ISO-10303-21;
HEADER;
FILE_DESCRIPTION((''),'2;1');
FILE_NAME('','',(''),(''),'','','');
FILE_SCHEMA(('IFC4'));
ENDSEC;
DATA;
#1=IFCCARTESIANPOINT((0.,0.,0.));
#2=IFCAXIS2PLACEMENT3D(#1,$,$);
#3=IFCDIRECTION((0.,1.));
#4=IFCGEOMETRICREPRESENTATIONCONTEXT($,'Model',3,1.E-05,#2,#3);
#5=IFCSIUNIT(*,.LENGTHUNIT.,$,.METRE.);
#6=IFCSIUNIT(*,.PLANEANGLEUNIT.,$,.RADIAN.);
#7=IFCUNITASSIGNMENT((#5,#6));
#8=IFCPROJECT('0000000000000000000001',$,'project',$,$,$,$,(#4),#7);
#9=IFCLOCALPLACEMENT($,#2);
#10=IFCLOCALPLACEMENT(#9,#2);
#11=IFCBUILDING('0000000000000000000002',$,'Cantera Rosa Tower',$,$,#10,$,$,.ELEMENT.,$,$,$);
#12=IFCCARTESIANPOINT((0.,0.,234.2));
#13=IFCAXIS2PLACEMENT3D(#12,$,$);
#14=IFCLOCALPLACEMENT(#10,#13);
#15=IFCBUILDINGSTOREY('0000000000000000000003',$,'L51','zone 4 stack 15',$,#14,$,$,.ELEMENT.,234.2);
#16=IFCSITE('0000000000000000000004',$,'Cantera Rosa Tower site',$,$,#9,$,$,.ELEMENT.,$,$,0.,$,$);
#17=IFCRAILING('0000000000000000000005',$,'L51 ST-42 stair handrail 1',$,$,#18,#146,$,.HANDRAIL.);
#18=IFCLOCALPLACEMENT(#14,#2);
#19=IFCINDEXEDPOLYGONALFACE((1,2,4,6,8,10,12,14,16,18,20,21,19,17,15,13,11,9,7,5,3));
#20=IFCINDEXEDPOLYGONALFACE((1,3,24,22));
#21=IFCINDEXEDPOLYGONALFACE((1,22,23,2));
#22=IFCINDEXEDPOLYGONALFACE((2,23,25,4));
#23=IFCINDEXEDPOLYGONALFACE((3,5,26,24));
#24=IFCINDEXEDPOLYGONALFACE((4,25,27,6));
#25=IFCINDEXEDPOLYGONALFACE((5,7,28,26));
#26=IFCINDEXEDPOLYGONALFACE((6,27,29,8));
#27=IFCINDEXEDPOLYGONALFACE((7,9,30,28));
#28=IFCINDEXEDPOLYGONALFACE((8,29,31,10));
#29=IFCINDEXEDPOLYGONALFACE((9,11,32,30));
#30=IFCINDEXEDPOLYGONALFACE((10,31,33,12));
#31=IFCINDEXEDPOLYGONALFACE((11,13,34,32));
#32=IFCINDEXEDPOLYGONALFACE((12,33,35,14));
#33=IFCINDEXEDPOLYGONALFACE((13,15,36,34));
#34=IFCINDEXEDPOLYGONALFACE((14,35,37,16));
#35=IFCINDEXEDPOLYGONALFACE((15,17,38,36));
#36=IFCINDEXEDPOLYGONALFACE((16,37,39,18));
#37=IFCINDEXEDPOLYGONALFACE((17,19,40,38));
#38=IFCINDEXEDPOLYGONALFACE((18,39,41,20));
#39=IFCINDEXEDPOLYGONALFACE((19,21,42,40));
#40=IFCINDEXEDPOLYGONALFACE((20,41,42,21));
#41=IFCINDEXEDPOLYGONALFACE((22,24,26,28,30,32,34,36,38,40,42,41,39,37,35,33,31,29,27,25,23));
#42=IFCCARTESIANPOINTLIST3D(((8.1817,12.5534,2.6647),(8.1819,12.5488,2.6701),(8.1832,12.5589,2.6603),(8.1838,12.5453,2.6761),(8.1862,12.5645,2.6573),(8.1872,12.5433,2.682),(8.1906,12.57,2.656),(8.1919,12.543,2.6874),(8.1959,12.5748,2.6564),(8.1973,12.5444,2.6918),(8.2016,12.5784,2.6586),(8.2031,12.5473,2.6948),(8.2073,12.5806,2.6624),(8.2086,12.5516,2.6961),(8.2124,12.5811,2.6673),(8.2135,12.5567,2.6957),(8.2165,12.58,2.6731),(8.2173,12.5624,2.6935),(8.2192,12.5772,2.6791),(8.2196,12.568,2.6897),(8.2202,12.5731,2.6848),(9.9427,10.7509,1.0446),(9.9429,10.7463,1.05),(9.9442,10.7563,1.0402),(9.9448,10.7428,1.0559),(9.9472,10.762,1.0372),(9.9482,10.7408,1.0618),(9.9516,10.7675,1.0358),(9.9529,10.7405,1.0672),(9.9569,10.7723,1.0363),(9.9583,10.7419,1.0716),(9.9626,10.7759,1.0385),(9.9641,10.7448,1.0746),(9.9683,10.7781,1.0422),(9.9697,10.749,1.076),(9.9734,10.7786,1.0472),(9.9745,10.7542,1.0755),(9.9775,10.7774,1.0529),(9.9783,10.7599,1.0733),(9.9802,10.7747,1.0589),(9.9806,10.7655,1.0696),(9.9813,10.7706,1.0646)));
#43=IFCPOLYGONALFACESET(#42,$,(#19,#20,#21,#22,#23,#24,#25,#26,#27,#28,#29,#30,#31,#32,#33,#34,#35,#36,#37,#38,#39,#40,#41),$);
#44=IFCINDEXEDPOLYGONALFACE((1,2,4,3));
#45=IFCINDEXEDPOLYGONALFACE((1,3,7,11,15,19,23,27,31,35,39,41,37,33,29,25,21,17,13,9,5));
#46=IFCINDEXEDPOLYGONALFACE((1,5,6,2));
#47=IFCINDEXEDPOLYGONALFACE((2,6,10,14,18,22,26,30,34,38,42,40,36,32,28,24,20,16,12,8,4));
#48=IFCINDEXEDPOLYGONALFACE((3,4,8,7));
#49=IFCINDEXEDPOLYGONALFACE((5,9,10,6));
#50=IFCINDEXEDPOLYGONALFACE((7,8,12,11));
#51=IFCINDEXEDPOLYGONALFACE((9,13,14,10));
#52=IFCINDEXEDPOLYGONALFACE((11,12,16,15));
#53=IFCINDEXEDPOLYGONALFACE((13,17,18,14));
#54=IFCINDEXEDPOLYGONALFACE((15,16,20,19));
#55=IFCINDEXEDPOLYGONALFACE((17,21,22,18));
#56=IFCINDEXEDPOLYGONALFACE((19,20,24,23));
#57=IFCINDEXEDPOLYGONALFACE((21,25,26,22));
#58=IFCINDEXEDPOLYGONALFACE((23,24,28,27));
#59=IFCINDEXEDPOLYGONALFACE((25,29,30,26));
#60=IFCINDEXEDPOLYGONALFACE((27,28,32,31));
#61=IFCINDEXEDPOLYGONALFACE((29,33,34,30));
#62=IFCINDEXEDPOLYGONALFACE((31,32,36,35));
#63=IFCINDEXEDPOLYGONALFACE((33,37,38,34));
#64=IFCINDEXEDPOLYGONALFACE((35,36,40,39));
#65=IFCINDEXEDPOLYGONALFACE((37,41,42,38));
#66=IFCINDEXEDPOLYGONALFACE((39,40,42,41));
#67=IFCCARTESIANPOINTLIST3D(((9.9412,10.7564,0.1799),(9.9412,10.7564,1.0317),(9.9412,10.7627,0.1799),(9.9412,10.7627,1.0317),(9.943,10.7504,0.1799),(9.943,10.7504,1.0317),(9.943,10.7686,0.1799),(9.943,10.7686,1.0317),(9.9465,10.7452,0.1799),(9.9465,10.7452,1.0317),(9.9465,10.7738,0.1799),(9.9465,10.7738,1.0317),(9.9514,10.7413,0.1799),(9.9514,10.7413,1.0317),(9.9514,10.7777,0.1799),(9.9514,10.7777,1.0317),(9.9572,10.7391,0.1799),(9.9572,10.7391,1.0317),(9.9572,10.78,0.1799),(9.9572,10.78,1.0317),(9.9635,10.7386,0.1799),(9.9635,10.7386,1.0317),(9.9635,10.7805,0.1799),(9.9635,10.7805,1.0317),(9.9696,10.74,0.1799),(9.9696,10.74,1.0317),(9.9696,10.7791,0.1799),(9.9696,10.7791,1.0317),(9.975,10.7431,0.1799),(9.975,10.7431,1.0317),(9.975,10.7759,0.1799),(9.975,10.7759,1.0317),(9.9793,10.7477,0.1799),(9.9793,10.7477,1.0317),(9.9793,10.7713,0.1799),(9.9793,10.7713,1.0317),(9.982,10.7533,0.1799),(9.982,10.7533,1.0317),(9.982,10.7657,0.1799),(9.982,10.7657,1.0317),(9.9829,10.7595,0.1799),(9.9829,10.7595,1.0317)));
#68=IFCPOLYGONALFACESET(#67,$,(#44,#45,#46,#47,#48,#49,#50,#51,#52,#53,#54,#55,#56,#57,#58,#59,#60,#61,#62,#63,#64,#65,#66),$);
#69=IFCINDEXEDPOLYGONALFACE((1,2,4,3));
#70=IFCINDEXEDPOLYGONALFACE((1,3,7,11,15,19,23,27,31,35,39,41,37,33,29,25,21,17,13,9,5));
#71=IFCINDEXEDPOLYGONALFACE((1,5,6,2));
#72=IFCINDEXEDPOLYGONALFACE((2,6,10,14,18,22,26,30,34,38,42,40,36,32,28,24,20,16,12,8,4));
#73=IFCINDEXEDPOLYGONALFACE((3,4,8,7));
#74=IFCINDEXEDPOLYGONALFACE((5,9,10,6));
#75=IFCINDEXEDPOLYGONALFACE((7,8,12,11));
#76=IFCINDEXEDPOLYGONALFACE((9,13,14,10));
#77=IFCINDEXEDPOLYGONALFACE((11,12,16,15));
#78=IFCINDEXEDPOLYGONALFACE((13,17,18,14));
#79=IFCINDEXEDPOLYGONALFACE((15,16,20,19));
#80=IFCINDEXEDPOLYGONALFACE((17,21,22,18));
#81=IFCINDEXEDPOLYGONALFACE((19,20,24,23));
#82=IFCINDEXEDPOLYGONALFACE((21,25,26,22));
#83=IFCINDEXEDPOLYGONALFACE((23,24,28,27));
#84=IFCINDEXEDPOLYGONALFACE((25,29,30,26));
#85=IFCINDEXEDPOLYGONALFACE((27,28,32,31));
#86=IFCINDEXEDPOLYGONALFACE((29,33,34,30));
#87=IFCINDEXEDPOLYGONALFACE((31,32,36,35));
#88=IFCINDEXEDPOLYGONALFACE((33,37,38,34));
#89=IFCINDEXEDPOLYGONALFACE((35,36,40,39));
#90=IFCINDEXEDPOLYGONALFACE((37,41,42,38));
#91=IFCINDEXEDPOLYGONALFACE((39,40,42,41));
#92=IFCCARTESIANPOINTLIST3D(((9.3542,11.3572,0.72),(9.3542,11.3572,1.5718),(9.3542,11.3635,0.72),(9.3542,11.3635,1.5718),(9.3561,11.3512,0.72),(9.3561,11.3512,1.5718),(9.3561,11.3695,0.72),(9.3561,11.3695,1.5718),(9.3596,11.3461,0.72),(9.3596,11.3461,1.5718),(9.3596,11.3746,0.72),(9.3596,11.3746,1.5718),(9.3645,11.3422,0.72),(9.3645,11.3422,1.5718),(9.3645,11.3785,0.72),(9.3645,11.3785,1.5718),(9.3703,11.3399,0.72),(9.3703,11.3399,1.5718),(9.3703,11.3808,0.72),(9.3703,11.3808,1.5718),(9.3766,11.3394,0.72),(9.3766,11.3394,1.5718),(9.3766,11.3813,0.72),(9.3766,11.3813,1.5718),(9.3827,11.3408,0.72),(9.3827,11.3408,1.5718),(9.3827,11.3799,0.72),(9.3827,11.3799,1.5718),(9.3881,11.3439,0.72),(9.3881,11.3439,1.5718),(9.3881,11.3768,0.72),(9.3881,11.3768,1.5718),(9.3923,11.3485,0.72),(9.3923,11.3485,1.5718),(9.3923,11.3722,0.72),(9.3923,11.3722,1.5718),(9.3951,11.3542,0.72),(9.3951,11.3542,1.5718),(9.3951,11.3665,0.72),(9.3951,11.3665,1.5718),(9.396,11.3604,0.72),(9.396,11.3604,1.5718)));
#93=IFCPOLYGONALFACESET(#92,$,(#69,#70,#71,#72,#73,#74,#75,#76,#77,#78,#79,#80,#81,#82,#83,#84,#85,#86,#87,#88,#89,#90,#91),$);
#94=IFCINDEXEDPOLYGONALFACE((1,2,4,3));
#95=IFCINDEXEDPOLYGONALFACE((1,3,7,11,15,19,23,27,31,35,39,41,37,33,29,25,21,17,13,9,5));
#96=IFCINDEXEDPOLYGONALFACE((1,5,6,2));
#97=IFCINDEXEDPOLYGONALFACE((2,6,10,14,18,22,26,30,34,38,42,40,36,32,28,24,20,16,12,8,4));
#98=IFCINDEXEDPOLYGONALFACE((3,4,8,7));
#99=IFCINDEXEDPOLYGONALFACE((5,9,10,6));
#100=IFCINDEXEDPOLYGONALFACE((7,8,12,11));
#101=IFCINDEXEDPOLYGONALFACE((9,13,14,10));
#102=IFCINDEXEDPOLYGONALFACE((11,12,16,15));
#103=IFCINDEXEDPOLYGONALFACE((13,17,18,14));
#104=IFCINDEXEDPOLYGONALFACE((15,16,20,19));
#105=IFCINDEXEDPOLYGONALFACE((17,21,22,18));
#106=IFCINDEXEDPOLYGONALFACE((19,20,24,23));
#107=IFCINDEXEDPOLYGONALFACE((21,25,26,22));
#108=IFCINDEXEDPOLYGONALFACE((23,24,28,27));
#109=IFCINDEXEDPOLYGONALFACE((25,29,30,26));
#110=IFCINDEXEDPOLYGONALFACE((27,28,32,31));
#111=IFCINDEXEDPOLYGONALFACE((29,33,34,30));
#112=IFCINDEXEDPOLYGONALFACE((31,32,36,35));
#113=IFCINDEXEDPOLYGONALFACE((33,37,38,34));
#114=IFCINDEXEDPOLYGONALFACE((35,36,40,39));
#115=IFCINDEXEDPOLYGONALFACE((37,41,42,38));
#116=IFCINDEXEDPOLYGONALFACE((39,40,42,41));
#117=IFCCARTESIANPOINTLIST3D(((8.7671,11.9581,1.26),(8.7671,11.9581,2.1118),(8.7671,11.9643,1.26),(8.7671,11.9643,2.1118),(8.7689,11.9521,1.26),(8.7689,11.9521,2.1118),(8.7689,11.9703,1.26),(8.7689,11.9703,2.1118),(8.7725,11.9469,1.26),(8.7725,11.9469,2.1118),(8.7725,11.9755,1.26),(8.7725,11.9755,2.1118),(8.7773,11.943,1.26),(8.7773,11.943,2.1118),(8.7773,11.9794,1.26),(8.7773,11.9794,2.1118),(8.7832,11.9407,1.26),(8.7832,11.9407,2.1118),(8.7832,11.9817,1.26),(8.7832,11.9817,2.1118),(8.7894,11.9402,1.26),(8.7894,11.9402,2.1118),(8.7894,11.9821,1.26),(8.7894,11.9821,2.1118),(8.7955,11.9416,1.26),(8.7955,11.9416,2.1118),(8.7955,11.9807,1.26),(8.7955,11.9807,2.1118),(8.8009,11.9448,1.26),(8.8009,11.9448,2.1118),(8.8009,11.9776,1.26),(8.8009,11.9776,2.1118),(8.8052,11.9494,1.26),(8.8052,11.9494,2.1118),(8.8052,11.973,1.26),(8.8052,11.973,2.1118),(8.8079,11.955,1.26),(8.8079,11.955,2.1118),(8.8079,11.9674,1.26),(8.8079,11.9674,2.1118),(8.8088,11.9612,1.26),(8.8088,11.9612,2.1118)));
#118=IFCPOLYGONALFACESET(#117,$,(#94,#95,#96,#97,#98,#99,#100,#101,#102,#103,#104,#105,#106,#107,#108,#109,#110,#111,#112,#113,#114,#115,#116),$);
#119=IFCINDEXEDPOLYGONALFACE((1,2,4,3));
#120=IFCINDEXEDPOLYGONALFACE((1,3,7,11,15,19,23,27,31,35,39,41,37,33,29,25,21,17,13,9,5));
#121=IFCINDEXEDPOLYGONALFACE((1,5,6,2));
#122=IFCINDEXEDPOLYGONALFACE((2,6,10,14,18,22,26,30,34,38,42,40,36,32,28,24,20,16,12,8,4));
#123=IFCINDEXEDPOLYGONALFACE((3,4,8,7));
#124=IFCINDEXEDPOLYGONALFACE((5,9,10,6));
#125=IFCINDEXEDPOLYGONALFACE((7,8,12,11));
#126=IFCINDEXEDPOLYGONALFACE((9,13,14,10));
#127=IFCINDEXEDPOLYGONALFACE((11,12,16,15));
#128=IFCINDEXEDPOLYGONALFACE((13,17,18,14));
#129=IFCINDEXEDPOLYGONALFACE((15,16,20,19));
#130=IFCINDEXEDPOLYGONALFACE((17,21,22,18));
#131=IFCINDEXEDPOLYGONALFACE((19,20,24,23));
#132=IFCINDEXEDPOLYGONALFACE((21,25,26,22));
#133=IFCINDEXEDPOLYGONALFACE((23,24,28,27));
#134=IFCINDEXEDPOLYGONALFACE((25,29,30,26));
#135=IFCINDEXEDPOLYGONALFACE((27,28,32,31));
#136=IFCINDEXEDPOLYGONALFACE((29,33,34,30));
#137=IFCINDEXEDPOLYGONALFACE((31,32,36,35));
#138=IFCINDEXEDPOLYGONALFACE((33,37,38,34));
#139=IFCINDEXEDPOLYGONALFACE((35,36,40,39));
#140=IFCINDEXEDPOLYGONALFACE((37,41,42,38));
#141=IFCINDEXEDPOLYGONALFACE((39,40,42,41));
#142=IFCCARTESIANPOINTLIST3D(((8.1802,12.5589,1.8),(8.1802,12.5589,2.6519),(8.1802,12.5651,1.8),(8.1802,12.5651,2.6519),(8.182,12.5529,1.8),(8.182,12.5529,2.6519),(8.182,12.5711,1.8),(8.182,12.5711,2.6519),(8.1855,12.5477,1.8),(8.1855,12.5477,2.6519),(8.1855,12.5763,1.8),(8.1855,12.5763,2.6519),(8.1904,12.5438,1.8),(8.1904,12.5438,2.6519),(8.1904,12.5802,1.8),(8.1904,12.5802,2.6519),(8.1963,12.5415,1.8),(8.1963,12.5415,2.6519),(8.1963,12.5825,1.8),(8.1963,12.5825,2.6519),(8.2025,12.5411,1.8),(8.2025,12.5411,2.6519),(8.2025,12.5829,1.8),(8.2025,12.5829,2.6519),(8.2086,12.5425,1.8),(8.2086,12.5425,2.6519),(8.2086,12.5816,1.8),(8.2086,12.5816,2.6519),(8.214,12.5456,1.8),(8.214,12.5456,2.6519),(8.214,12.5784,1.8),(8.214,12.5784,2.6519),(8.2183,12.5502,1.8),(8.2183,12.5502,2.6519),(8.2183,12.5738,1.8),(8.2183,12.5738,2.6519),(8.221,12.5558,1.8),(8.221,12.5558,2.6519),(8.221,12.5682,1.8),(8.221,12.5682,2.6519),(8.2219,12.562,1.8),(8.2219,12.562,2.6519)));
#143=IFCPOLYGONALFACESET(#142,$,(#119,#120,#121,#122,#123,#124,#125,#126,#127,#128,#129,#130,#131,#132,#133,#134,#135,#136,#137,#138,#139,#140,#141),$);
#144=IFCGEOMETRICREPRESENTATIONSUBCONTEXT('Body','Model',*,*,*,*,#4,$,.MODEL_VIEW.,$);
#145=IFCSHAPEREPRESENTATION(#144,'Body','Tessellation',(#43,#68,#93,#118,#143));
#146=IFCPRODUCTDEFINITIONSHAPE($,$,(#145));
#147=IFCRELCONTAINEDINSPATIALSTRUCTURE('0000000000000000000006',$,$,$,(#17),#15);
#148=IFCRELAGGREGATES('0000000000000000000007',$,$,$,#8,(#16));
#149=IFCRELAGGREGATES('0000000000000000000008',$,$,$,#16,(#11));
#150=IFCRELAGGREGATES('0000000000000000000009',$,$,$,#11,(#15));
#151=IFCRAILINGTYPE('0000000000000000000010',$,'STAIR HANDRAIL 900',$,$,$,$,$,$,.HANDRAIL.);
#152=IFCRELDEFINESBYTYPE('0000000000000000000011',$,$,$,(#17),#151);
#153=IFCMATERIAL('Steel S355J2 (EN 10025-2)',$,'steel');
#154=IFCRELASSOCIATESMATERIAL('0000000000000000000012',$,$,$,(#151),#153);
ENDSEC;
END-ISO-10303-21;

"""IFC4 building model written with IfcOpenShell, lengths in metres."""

from ifc_helpers import new_model, si_unit, direction, frame, origin, origin_2d, place, context, subcontext, project, spatial, circle, extrude, material, type_object, element, save


model = new_model("IFC4")

# Units and contexts
model_context = context("Model", 3, precision=1e-05, world=origin(), true_north=direction((0.0, 1.0)))
body_context = subcontext(model_context, "Body", "Model", "MODEL_VIEW")
ifc_project = project(units=[si_unit("LENGTHUNIT", "METRE"), si_unit("PLANEANGLEUNIT", "RADIAN")], contexts=[model_context])

# Site, building, storey
site_placement = place(None, origin())
site = spatial("IfcSite", under=ifc_project, at=site_placement, Name="Cantera Rosa Tower site", CompositionType="ELEMENT", RefElevation=0.0)
building_placement = place(site_placement, origin())
building = spatial("IfcBuilding", under=site, at=building_placement, Name="Cantera Rosa Tower", CompositionType="ELEMENT")
storey_placement = place(building_placement, frame((0.0, 0.0, 234.2)))
storey = spatial("IfcBuildingStorey", under=building, at=storey_placement, Name="L51", Description="zone 4 stack 15", CompositionType="ELEMENT", Elevation=234.2)

# Railing
ifc_material_1 = material(Name="Steel S355J2 (EN 10025-2)", Category="steel")
railing_type_1 = type_object("IfcRailingType", Name="STAIR HANDRAIL 900", PredefinedType="HANDRAIL", material=ifc_material_1)
railing_1_placement = place(storey_placement, frame((9.9619, 10.7595, 0.1799)))
element("IfcRailing", 1, at=railing_1_placement, inside=storey, type_object=railing_type_1, Name="L51 ST-42 stair handrail 1", PredefinedType="HANDRAIL", context=body_context, shape_type="SweptSolid", body=[
    extrude(circle(Radius=0.0239, at=origin_2d()), frame((0.0, 0.0, 0.876), z_axis=(-0.587818, 0.601672, 0.540796), x_axis=(-0.715294, -0.698824, 0.0)), (0.0, 0.0, 1.0), 2.9958),
    extrude(circle(Radius=0.021, at=origin_2d()), origin(), (0.0, 0.0, 1.0), 0.8518),
    extrude(circle(Radius=0.021, at=origin_2d()), frame((-0.5869, 0.6008, 0.54)), (0.0, 0.0, 1.0), 0.8518),
    extrude(circle(Radius=0.021, at=origin_2d()), frame((-1.1741, 1.2017, 1.0801)), (0.0, 0.0, 1.0), 0.8518),
    extrude(circle(Radius=0.021, at=origin_2d()), frame((-1.761, 1.8025, 1.6201)), (0.0, 0.0, 1.0), 0.8518),
])

save(model, "model.ifc")
